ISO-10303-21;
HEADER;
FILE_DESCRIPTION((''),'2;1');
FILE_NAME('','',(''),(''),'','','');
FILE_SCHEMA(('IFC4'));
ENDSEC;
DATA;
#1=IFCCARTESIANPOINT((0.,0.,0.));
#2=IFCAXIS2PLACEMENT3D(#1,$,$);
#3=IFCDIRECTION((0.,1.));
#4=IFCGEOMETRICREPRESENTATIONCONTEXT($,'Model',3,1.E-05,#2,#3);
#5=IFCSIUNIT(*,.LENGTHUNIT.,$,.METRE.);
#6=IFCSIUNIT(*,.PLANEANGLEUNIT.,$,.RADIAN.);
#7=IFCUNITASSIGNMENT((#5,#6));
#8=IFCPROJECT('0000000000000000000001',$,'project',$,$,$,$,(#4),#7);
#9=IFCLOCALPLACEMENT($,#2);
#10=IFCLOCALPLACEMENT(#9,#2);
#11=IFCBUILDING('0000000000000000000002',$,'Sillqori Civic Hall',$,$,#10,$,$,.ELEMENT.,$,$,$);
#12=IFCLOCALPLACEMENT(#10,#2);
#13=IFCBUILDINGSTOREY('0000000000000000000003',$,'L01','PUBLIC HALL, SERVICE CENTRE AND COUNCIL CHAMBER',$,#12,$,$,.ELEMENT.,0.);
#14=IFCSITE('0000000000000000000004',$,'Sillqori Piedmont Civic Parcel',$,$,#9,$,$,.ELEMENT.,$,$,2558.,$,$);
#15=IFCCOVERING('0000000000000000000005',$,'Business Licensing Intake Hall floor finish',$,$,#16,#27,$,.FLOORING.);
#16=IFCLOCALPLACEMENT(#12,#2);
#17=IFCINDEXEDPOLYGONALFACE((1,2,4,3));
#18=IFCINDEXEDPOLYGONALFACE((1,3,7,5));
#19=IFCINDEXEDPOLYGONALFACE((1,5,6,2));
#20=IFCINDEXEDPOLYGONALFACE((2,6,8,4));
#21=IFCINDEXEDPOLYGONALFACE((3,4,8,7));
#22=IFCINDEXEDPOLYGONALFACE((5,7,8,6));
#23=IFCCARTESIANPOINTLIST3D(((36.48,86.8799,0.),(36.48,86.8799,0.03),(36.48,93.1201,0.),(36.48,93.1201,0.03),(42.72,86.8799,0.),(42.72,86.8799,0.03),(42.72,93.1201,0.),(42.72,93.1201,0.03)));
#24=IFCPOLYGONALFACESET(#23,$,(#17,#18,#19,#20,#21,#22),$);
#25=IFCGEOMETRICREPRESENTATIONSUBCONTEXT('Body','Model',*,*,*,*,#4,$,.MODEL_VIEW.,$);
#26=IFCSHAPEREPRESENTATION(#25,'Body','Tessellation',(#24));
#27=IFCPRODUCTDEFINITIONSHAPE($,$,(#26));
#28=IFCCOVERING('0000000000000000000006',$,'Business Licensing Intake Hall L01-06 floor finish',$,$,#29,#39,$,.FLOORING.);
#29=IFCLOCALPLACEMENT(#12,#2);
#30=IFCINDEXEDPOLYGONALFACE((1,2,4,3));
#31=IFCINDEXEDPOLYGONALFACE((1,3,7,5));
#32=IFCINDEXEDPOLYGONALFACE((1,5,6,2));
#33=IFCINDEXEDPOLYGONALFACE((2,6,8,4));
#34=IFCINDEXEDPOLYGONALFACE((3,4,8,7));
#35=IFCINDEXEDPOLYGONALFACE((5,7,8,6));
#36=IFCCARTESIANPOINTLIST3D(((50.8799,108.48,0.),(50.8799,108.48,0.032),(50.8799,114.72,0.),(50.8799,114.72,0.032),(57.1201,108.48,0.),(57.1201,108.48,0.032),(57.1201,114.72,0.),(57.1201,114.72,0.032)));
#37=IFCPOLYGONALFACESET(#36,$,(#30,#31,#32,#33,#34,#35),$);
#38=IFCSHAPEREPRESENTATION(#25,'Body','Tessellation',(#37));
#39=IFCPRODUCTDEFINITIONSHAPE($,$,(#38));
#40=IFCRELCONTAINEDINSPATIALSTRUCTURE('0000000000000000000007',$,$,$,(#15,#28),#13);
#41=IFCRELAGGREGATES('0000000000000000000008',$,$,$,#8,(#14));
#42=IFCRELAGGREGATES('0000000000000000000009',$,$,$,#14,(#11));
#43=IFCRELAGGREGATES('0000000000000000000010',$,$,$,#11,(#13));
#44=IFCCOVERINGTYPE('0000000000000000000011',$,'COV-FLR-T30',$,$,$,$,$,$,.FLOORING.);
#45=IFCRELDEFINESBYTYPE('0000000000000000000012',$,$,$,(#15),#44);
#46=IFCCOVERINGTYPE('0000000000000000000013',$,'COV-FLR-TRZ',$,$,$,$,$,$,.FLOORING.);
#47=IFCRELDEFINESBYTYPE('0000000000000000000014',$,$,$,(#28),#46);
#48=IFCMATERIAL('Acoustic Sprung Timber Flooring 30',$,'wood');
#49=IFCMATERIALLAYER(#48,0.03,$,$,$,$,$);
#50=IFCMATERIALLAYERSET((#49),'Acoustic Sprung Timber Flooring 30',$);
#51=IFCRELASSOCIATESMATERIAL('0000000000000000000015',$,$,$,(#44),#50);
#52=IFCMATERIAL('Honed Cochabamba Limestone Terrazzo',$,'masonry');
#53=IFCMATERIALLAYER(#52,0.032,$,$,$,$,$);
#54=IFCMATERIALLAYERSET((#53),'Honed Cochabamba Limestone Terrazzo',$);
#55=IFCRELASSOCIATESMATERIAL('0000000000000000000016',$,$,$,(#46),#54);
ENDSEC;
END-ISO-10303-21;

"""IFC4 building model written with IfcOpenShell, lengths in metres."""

from ifc_helpers import new_model, si_unit, direction, origin, place, context, subcontext, project, spatial, polyline, outline, extrude, material, layer, layer_set, type_object, element, save


model = new_model("IFC4")

# Units and contexts
model_context = context("Model", 3, precision=1e-05, world=origin(), true_north=direction((0.0, 1.0)))
body_context = subcontext(model_context, "Body", "Model", "MODEL_VIEW")
ifc_project = project(units=[si_unit("LENGTHUNIT", "METRE"), si_unit("PLANEANGLEUNIT", "RADIAN")], contexts=[model_context])

# Site, building, storey
site_placement = place(None, origin())
site = spatial("IfcSite", under=ifc_project, at=site_placement, Name="Sillqori Piedmont Civic Parcel", CompositionType="ELEMENT", RefElevation=2558.0)
building_placement = place(site_placement, origin())
building = spatial("IfcBuilding", under=site, at=building_placement, Name="Sillqori Civic Hall", CompositionType="ELEMENT")
storey_placement = place(building_placement, origin())
storey = spatial("IfcBuildingStorey", under=building, at=storey_placement, Name="L01", Description="PUBLIC HALL, SERVICE CENTRE AND COUNCIL CHAMBER", CompositionType="ELEMENT", Elevation=0.0)

# Coverings
ifc_material_1 = material(Name="Acoustic Sprung Timber Flooring 30", Category="wood")
ifc_layer_1 = layer(ifc_material_1, 0.03)
ifc_layer_set_1 = layer_set([ifc_layer_1], Name="Acoustic Sprung Timber Flooring 30")
covering_type_1 = type_object("IfcCoveringType", Name="COV-FLR-T30", PredefinedType="FLOORING", material=ifc_layer_set_1)
covering_1_placement = place(storey_placement, origin())
element("IfcCovering", 1, at=covering_1_placement, inside=storey, type_object=covering_type_1, Name="Business Licensing Intake Hall floor finish", PredefinedType="FLOORING", context=body_context, shape_type="SweptSolid", body=[
    extrude(outline(polyline([(36.48, 86.8799), (42.72, 86.8799), (42.72, 93.1201), (36.48, 93.1201), (36.48, 86.8799)])), origin(), (0.0, 0.0, 1.0), 0.03),
])
ifc_material_2 = material(Name="Honed Cochabamba Limestone Terrazzo", Category="masonry")
ifc_layer_2 = layer(ifc_material_2, 0.032)
ifc_layer_set_2 = layer_set([ifc_layer_2], Name="Honed Cochabamba Limestone Terrazzo")
covering_type_2 = type_object("IfcCoveringType", Name="COV-FLR-TRZ", PredefinedType="FLOORING", material=ifc_layer_set_2)
covering_2_placement = place(storey_placement, origin())
element("IfcCovering", 2, at=covering_2_placement, inside=storey, type_object=covering_type_2, Name="Business Licensing Intake Hall L01-06 floor finish", PredefinedType="FLOORING", context=body_context, shape_type="SweptSolid", body=[
    extrude(outline(polyline([(50.8799, 108.48), (57.1201, 108.48), (57.1201, 114.72), (50.8799, 114.72), (50.8799, 108.48)])), origin(), (0.0, 0.0, 1.0), 0.032),
])

save(model, "model.ifc")
